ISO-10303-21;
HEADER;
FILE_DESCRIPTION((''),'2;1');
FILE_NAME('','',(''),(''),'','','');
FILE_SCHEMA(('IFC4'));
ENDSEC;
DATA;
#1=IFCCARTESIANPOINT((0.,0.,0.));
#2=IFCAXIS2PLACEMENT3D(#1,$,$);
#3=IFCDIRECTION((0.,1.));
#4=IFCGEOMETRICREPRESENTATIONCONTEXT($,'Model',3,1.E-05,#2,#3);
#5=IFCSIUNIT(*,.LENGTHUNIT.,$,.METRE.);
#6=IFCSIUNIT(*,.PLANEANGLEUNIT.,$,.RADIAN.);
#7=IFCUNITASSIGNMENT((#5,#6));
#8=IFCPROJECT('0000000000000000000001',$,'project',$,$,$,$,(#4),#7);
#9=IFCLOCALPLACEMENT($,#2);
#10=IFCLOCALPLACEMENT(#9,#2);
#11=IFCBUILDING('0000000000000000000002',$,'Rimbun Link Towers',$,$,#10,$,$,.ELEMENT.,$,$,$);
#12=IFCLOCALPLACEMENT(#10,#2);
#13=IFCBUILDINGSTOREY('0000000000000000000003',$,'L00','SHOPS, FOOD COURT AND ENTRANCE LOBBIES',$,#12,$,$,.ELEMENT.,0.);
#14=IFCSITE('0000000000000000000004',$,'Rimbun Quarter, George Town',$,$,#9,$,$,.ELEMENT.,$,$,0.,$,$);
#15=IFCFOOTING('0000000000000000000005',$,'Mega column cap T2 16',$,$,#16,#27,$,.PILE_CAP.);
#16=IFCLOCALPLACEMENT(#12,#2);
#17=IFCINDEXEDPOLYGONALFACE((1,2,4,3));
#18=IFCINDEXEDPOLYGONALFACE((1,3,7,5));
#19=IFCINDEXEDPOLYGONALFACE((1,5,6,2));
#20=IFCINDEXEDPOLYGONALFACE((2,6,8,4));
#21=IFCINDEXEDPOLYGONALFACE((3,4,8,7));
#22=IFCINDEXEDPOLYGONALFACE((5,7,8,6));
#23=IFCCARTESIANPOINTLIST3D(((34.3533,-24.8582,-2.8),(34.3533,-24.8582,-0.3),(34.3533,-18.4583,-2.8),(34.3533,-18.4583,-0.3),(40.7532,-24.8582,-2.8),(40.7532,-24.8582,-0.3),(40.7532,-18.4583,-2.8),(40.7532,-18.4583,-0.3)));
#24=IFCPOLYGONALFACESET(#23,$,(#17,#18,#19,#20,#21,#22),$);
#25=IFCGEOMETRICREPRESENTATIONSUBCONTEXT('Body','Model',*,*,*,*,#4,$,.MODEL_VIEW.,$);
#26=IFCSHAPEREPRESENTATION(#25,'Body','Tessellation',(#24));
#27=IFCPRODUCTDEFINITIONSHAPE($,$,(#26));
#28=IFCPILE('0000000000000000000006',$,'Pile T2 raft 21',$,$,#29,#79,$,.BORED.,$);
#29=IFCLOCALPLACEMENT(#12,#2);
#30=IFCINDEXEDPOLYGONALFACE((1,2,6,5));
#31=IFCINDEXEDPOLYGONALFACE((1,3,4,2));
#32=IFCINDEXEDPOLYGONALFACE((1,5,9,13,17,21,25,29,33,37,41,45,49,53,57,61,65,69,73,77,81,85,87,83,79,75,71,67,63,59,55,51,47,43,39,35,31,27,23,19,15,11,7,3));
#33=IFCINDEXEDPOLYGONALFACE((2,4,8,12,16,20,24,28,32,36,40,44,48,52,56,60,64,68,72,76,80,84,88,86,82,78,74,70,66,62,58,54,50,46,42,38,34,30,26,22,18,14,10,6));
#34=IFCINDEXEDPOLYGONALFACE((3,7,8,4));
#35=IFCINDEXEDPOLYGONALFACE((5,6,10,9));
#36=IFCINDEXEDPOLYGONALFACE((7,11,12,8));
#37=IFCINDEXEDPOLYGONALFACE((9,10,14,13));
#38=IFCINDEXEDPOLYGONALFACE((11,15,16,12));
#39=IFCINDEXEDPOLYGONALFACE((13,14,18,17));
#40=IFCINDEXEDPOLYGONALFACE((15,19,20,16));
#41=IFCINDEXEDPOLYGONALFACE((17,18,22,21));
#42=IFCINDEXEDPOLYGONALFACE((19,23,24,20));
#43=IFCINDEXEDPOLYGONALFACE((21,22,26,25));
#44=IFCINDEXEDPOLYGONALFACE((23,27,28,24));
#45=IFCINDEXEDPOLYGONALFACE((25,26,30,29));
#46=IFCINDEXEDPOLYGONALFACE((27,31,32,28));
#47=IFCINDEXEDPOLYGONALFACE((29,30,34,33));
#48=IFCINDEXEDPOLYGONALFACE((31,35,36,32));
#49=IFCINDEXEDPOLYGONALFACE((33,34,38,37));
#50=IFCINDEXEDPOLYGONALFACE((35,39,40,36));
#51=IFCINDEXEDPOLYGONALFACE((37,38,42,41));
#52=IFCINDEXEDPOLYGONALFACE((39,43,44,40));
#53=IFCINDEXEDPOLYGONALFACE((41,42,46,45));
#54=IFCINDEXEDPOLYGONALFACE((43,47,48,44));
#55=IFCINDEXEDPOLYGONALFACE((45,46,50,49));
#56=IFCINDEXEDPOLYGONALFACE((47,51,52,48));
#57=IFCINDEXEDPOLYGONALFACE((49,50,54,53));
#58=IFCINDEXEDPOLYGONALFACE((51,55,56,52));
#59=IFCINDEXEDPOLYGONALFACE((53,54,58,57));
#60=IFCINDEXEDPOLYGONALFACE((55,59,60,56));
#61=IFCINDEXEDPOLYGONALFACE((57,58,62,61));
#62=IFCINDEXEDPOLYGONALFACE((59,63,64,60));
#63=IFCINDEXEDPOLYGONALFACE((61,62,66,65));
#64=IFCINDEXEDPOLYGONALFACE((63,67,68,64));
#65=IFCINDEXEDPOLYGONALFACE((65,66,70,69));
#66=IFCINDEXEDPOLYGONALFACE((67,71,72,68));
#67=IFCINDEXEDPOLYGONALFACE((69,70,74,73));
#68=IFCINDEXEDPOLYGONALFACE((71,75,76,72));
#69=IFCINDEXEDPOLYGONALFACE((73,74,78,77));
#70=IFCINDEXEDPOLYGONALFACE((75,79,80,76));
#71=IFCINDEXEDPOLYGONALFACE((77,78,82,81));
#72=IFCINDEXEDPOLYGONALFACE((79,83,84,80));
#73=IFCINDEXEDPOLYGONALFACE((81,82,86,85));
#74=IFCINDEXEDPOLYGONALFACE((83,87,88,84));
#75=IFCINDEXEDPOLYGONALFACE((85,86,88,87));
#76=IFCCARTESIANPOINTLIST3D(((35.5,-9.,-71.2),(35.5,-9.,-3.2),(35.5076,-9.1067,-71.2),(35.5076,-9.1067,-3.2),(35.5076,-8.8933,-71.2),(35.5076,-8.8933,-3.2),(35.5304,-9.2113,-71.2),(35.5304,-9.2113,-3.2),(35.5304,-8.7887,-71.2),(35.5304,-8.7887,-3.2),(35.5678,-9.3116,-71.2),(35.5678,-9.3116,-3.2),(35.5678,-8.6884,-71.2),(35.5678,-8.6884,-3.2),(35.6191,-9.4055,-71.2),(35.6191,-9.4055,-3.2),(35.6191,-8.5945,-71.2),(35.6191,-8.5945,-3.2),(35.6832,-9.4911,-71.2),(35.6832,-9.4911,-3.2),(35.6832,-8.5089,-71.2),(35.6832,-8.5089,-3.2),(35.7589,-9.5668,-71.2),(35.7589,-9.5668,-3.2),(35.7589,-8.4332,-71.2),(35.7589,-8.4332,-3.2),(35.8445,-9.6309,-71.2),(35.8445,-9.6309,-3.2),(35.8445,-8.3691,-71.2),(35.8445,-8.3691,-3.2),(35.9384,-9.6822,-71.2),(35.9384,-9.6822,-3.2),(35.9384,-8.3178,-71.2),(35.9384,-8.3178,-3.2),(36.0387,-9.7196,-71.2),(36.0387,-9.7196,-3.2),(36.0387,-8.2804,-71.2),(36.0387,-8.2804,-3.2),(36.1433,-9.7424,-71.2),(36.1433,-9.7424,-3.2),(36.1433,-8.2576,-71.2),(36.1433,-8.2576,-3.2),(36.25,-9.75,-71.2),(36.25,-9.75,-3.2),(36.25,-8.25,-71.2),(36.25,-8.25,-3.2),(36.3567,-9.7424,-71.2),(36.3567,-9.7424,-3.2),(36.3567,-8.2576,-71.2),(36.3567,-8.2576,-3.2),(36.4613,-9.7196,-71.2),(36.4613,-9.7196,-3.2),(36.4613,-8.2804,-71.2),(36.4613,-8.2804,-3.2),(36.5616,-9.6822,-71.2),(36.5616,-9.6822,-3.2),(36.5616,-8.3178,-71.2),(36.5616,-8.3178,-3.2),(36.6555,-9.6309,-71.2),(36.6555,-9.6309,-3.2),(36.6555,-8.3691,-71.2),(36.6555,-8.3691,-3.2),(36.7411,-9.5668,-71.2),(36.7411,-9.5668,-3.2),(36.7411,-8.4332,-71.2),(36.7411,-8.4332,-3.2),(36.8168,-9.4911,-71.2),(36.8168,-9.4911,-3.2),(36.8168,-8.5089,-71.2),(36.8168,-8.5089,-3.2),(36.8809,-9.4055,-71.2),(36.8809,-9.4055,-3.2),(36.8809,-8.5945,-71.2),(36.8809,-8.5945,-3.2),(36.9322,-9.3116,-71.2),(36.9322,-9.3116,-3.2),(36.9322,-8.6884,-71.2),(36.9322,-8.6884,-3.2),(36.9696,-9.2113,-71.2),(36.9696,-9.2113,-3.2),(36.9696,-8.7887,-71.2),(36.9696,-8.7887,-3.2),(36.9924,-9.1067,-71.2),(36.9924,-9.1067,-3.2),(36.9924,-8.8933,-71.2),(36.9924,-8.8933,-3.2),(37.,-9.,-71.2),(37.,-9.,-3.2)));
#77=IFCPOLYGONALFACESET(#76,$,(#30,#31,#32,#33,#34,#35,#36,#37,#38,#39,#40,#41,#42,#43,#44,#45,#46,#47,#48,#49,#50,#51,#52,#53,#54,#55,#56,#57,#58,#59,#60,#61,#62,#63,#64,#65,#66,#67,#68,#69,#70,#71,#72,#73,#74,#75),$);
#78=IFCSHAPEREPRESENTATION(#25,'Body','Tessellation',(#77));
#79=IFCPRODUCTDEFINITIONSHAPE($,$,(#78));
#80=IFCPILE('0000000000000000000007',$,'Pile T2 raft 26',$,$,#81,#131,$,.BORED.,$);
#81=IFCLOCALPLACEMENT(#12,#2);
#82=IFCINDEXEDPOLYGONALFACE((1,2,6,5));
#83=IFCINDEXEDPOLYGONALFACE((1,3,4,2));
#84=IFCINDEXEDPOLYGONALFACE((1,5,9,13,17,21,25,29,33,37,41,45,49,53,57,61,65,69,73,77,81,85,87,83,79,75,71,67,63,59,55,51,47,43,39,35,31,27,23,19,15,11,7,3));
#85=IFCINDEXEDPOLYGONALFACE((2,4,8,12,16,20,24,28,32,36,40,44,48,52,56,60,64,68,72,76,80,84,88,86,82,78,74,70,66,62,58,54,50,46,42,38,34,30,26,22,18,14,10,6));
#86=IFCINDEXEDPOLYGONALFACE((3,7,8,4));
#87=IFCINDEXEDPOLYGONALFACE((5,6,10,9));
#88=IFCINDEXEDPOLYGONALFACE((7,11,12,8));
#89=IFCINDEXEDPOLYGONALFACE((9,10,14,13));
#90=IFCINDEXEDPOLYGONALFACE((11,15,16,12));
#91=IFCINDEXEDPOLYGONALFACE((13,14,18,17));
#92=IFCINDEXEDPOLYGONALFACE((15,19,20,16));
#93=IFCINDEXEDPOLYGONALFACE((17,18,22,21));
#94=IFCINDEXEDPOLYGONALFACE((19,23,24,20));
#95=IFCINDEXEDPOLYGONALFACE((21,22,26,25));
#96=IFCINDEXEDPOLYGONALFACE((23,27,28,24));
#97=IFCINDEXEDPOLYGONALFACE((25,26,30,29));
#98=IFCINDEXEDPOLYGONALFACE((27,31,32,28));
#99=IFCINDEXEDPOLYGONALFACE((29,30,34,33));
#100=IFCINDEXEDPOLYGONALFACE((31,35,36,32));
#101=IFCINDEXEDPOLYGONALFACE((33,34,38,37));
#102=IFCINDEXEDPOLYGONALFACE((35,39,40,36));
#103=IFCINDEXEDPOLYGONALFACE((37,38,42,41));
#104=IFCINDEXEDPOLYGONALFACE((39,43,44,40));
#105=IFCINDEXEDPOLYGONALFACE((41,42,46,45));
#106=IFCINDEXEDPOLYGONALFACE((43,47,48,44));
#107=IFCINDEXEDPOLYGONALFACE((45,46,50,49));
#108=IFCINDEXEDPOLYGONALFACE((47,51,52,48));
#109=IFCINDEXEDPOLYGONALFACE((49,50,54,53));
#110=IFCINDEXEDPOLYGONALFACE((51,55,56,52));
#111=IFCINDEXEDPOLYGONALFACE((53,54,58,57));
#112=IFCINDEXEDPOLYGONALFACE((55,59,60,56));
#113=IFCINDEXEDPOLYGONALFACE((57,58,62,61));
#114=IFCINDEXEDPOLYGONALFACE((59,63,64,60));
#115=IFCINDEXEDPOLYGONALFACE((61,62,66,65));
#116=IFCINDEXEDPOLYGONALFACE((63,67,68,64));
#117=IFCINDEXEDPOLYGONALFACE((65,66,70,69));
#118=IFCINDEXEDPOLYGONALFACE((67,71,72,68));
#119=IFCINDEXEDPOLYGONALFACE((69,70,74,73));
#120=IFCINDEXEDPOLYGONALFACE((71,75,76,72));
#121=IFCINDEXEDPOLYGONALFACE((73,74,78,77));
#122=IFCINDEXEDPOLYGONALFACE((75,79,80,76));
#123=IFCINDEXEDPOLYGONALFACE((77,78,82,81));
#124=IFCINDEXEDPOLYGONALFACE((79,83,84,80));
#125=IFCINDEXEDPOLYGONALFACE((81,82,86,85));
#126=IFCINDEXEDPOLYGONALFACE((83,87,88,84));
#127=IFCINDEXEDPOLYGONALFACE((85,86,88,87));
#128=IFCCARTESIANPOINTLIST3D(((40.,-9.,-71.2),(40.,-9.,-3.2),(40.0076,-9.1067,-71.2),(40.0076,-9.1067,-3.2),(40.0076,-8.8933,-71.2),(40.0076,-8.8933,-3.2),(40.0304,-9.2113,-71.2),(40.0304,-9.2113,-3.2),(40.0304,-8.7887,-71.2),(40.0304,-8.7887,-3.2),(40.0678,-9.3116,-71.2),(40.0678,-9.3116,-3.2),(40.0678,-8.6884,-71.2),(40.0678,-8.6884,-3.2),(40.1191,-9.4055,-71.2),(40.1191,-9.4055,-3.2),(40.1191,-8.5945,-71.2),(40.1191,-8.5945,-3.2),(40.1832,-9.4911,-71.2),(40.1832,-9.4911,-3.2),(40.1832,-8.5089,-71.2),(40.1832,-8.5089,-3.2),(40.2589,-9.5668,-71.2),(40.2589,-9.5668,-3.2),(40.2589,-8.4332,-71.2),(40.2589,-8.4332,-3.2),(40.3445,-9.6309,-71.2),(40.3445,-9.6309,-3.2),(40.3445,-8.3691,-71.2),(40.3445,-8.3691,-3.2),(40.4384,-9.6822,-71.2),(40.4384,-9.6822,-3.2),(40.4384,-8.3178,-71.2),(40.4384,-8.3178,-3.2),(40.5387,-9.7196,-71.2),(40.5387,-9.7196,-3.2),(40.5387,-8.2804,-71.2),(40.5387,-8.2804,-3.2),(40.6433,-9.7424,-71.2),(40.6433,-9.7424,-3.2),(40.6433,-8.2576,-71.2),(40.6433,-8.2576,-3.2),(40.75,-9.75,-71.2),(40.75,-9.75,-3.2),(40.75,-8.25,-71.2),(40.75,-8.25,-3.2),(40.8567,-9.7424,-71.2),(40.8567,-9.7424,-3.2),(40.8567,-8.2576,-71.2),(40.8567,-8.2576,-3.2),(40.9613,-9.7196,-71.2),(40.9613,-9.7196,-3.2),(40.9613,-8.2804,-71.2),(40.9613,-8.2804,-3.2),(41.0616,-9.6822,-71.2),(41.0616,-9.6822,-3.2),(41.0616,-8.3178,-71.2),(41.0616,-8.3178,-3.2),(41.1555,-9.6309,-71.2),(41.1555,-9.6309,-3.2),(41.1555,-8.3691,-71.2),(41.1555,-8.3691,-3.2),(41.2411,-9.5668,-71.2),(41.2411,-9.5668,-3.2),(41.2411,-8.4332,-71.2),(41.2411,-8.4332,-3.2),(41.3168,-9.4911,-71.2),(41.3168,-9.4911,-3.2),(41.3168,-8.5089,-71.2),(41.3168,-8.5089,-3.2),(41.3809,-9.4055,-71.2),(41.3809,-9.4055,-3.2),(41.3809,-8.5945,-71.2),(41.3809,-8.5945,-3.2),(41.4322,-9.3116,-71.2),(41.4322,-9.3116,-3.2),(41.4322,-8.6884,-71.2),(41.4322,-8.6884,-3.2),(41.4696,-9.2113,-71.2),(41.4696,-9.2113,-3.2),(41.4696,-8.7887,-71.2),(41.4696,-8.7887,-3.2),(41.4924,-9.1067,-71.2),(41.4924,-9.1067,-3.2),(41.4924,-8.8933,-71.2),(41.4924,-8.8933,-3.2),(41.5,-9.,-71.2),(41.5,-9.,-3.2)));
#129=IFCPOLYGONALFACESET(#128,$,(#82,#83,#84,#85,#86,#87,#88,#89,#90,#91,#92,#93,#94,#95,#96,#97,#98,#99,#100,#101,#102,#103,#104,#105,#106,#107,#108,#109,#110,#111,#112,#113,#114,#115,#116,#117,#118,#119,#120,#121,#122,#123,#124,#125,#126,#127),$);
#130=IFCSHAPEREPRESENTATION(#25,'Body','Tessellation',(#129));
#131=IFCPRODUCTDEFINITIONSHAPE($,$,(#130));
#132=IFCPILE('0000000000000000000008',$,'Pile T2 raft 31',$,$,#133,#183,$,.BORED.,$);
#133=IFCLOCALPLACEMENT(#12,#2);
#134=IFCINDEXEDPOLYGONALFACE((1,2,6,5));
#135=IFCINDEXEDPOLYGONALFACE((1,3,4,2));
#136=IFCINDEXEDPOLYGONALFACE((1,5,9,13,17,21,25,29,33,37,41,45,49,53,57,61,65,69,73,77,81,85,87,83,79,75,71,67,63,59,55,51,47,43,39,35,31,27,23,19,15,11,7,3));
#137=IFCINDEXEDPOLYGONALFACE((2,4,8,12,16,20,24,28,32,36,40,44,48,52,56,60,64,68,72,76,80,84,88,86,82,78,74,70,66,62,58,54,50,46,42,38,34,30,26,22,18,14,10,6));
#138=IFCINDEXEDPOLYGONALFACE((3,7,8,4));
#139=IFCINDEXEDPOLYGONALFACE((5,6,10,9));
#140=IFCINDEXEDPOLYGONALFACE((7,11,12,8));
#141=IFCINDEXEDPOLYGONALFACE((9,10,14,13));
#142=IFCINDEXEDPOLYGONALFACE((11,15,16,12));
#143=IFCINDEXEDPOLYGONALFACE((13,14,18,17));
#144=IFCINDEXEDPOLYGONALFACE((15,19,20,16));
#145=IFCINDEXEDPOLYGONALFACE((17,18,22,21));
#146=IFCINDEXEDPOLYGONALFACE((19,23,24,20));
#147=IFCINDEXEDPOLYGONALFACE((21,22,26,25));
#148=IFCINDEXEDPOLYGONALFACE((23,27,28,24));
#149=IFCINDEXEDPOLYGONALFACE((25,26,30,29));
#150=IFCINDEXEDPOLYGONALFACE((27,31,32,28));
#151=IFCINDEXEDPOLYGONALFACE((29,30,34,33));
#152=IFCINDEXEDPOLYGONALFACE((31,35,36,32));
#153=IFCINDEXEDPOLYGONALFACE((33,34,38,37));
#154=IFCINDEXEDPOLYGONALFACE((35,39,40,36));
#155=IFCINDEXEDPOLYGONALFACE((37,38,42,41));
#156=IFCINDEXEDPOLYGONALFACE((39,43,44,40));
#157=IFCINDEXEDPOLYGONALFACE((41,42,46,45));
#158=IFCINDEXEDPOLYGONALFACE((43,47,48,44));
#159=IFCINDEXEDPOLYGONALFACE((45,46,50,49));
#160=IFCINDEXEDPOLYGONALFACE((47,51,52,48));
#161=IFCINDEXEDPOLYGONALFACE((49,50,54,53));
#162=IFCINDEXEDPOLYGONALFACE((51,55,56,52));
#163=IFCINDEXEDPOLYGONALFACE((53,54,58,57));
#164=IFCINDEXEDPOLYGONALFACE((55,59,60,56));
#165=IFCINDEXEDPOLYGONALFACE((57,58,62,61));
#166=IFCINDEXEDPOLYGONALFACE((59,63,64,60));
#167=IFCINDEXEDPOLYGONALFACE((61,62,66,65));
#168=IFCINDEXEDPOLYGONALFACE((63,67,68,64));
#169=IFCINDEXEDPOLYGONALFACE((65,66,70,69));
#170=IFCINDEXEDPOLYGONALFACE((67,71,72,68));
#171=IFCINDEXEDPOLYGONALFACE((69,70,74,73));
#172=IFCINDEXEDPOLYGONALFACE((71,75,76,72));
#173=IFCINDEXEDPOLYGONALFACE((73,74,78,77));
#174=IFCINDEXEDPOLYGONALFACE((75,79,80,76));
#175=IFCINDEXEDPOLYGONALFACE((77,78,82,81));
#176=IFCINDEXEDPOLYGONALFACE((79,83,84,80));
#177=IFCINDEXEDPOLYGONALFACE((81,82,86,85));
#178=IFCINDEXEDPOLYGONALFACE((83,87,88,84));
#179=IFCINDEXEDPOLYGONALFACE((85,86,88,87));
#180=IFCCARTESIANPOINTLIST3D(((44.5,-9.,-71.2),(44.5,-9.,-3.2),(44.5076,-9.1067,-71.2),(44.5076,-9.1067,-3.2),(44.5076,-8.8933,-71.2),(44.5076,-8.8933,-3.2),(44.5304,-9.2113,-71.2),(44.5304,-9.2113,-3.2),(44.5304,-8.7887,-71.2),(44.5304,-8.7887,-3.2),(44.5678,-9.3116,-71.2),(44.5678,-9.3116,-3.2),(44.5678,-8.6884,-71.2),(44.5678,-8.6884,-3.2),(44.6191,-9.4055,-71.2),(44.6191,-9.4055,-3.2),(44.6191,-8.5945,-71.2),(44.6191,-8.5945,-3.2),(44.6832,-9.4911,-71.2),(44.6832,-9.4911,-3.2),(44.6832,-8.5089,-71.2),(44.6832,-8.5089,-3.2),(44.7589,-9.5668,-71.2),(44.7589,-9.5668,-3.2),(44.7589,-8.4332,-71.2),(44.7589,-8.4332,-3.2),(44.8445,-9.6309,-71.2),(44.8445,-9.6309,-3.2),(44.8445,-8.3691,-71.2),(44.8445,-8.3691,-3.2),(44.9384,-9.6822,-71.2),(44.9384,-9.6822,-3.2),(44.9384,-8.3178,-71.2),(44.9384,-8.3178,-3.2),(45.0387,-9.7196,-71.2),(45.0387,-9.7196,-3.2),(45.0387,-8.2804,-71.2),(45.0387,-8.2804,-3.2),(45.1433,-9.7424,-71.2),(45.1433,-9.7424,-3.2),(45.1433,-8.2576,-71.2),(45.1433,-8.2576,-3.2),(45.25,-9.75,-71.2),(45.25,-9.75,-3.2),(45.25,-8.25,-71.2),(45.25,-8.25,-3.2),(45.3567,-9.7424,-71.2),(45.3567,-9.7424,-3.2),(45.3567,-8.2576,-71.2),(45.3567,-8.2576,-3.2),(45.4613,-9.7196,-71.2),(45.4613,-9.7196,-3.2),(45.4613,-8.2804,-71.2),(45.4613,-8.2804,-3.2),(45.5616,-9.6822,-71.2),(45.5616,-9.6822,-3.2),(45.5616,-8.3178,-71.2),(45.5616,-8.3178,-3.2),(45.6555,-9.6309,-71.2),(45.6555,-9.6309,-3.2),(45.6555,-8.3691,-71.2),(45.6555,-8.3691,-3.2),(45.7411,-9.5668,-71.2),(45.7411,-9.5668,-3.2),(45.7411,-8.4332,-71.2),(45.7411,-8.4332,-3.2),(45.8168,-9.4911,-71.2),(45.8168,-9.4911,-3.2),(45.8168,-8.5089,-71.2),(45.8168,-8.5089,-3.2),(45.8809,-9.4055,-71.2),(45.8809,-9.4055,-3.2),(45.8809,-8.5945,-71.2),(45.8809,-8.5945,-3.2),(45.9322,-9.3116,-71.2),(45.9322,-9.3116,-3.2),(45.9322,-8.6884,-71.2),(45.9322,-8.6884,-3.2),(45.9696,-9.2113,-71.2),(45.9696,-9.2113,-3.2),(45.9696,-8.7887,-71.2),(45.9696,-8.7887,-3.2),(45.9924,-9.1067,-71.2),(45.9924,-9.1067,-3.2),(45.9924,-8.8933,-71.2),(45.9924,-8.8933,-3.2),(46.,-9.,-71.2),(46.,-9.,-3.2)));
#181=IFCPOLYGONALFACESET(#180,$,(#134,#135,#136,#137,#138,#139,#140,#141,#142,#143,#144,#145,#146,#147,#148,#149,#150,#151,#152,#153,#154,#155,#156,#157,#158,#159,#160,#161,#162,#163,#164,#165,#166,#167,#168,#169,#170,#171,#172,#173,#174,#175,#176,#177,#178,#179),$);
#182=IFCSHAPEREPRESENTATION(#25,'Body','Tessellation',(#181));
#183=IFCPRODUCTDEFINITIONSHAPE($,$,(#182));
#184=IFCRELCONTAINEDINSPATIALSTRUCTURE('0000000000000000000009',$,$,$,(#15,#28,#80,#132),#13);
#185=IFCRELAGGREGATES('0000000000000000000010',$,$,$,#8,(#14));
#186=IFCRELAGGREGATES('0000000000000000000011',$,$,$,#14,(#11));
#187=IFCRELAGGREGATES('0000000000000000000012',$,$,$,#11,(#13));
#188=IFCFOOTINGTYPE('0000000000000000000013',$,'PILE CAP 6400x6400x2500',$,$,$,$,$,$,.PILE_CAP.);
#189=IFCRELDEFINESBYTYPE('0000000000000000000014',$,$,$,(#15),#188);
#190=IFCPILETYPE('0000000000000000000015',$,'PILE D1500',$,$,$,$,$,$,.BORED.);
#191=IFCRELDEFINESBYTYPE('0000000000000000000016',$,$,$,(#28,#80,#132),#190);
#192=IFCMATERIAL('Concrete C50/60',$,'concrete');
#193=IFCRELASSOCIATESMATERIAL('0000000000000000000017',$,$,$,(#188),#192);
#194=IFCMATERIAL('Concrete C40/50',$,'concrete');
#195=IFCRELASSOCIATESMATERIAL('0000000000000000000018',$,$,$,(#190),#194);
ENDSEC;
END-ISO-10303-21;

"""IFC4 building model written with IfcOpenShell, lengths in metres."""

from ifc_helpers import new_model, si_unit, direction, frame, origin, origin_2d, place, context, subcontext, project, spatial, rectangle, circle, extrude, material, material_profile, profile_set, type_object, element, save


model = new_model("IFC4")

# Units and contexts
model_context = context("Model", 3, precision=1e-05, world=origin(), true_north=direction((0.0, 1.0)))
body_context = subcontext(model_context, "Body", "Model", "MODEL_VIEW")
ifc_project = project(units=[si_unit("LENGTHUNIT", "METRE"), si_unit("PLANEANGLEUNIT", "RADIAN")], contexts=[model_context])

# Site, building, storey
site_placement = place(None, origin())
site = spatial("IfcSite", under=ifc_project, at=site_placement, Name="Rimbun Quarter, George Town", CompositionType="ELEMENT", RefElevation=0.0)
building_placement = place(site_placement, origin())
building = spatial("IfcBuilding", under=site, at=building_placement, Name="Rimbun Link Towers", CompositionType="ELEMENT")
storey_placement = place(building_placement, origin())
storey = spatial("IfcBuildingStorey", under=building, at=storey_placement, Name="L00", Description="SHOPS, FOOD COURT AND ENTRANCE LOBBIES", CompositionType="ELEMENT", Elevation=0.0)

# Footing
ifc_material_1 = material(Name="Concrete C50/60", Category="concrete")
footing_type = type_object("IfcFootingType", Name="PILE CAP 6400x6400x2500", PredefinedType="PILE_CAP", material=ifc_material_1)
footing_placement = place(storey_placement, frame((37.5532, -21.6582, -2.8), z_axis=(0.0, 0.0, 1.0), x_axis=(1.0, 0.0, 0.0)))
element("IfcFooting", 1, at=footing_placement, inside=storey, type_object=footing_type, Name="Mega column cap T2 16", PredefinedType="PILE_CAP", context=body_context, shape_type="SweptSolid", body=[
    extrude(rectangle(XDim=6.3999, YDim=6.3999, at=origin_2d()), origin(), (0.0, 0.0, 1.0), 2.5),
])

# Piles
ifc_material_2 = material(Name="Concrete C40/50", Category="concrete")
ifc_material_profile_1 = material_profile(ifc_material_2, circle(Radius=0.75, at=origin_2d()), Name="PILE D1500")
ifc_profile_set_1 = profile_set([ifc_material_profile_1], Name="Concrete C40/50")
pile_type = type_object("IfcPileType", Name="PILE D1500", PredefinedType="BORED", material=ifc_profile_set_1)
for number, where, z_axis, x_axis, name in (
    (2, (36.25, -9.0, -3.2), (0.0, 0.0, -1.0), (1.0, 0.0, 0.0), "Pile T2 raft 21"),
    (3, (40.75, -9.0, -3.2), (0.0, 0.0, -1.0), (1.0, 0.0, 0.0), "Pile T2 raft 26"),
    (4, (45.25, -9.0, -3.2), (0.0, 0.0, -1.0), (1.0, 0.0, 0.0), "Pile T2 raft 31"),
):
    element("IfcPile", number, at=place(storey_placement, frame(where, z_axis=z_axis, x_axis=x_axis)), inside=storey, type_object=pile_type, Name=name, PredefinedType="BORED", context=body_context, shape_type="SweptSolid", body=[
        extrude(circle(Radius=0.75, at=origin_2d()), origin(), (0.0, 0.0, 1.0), 68.0),
    ])

save(model, "model.ifc")
